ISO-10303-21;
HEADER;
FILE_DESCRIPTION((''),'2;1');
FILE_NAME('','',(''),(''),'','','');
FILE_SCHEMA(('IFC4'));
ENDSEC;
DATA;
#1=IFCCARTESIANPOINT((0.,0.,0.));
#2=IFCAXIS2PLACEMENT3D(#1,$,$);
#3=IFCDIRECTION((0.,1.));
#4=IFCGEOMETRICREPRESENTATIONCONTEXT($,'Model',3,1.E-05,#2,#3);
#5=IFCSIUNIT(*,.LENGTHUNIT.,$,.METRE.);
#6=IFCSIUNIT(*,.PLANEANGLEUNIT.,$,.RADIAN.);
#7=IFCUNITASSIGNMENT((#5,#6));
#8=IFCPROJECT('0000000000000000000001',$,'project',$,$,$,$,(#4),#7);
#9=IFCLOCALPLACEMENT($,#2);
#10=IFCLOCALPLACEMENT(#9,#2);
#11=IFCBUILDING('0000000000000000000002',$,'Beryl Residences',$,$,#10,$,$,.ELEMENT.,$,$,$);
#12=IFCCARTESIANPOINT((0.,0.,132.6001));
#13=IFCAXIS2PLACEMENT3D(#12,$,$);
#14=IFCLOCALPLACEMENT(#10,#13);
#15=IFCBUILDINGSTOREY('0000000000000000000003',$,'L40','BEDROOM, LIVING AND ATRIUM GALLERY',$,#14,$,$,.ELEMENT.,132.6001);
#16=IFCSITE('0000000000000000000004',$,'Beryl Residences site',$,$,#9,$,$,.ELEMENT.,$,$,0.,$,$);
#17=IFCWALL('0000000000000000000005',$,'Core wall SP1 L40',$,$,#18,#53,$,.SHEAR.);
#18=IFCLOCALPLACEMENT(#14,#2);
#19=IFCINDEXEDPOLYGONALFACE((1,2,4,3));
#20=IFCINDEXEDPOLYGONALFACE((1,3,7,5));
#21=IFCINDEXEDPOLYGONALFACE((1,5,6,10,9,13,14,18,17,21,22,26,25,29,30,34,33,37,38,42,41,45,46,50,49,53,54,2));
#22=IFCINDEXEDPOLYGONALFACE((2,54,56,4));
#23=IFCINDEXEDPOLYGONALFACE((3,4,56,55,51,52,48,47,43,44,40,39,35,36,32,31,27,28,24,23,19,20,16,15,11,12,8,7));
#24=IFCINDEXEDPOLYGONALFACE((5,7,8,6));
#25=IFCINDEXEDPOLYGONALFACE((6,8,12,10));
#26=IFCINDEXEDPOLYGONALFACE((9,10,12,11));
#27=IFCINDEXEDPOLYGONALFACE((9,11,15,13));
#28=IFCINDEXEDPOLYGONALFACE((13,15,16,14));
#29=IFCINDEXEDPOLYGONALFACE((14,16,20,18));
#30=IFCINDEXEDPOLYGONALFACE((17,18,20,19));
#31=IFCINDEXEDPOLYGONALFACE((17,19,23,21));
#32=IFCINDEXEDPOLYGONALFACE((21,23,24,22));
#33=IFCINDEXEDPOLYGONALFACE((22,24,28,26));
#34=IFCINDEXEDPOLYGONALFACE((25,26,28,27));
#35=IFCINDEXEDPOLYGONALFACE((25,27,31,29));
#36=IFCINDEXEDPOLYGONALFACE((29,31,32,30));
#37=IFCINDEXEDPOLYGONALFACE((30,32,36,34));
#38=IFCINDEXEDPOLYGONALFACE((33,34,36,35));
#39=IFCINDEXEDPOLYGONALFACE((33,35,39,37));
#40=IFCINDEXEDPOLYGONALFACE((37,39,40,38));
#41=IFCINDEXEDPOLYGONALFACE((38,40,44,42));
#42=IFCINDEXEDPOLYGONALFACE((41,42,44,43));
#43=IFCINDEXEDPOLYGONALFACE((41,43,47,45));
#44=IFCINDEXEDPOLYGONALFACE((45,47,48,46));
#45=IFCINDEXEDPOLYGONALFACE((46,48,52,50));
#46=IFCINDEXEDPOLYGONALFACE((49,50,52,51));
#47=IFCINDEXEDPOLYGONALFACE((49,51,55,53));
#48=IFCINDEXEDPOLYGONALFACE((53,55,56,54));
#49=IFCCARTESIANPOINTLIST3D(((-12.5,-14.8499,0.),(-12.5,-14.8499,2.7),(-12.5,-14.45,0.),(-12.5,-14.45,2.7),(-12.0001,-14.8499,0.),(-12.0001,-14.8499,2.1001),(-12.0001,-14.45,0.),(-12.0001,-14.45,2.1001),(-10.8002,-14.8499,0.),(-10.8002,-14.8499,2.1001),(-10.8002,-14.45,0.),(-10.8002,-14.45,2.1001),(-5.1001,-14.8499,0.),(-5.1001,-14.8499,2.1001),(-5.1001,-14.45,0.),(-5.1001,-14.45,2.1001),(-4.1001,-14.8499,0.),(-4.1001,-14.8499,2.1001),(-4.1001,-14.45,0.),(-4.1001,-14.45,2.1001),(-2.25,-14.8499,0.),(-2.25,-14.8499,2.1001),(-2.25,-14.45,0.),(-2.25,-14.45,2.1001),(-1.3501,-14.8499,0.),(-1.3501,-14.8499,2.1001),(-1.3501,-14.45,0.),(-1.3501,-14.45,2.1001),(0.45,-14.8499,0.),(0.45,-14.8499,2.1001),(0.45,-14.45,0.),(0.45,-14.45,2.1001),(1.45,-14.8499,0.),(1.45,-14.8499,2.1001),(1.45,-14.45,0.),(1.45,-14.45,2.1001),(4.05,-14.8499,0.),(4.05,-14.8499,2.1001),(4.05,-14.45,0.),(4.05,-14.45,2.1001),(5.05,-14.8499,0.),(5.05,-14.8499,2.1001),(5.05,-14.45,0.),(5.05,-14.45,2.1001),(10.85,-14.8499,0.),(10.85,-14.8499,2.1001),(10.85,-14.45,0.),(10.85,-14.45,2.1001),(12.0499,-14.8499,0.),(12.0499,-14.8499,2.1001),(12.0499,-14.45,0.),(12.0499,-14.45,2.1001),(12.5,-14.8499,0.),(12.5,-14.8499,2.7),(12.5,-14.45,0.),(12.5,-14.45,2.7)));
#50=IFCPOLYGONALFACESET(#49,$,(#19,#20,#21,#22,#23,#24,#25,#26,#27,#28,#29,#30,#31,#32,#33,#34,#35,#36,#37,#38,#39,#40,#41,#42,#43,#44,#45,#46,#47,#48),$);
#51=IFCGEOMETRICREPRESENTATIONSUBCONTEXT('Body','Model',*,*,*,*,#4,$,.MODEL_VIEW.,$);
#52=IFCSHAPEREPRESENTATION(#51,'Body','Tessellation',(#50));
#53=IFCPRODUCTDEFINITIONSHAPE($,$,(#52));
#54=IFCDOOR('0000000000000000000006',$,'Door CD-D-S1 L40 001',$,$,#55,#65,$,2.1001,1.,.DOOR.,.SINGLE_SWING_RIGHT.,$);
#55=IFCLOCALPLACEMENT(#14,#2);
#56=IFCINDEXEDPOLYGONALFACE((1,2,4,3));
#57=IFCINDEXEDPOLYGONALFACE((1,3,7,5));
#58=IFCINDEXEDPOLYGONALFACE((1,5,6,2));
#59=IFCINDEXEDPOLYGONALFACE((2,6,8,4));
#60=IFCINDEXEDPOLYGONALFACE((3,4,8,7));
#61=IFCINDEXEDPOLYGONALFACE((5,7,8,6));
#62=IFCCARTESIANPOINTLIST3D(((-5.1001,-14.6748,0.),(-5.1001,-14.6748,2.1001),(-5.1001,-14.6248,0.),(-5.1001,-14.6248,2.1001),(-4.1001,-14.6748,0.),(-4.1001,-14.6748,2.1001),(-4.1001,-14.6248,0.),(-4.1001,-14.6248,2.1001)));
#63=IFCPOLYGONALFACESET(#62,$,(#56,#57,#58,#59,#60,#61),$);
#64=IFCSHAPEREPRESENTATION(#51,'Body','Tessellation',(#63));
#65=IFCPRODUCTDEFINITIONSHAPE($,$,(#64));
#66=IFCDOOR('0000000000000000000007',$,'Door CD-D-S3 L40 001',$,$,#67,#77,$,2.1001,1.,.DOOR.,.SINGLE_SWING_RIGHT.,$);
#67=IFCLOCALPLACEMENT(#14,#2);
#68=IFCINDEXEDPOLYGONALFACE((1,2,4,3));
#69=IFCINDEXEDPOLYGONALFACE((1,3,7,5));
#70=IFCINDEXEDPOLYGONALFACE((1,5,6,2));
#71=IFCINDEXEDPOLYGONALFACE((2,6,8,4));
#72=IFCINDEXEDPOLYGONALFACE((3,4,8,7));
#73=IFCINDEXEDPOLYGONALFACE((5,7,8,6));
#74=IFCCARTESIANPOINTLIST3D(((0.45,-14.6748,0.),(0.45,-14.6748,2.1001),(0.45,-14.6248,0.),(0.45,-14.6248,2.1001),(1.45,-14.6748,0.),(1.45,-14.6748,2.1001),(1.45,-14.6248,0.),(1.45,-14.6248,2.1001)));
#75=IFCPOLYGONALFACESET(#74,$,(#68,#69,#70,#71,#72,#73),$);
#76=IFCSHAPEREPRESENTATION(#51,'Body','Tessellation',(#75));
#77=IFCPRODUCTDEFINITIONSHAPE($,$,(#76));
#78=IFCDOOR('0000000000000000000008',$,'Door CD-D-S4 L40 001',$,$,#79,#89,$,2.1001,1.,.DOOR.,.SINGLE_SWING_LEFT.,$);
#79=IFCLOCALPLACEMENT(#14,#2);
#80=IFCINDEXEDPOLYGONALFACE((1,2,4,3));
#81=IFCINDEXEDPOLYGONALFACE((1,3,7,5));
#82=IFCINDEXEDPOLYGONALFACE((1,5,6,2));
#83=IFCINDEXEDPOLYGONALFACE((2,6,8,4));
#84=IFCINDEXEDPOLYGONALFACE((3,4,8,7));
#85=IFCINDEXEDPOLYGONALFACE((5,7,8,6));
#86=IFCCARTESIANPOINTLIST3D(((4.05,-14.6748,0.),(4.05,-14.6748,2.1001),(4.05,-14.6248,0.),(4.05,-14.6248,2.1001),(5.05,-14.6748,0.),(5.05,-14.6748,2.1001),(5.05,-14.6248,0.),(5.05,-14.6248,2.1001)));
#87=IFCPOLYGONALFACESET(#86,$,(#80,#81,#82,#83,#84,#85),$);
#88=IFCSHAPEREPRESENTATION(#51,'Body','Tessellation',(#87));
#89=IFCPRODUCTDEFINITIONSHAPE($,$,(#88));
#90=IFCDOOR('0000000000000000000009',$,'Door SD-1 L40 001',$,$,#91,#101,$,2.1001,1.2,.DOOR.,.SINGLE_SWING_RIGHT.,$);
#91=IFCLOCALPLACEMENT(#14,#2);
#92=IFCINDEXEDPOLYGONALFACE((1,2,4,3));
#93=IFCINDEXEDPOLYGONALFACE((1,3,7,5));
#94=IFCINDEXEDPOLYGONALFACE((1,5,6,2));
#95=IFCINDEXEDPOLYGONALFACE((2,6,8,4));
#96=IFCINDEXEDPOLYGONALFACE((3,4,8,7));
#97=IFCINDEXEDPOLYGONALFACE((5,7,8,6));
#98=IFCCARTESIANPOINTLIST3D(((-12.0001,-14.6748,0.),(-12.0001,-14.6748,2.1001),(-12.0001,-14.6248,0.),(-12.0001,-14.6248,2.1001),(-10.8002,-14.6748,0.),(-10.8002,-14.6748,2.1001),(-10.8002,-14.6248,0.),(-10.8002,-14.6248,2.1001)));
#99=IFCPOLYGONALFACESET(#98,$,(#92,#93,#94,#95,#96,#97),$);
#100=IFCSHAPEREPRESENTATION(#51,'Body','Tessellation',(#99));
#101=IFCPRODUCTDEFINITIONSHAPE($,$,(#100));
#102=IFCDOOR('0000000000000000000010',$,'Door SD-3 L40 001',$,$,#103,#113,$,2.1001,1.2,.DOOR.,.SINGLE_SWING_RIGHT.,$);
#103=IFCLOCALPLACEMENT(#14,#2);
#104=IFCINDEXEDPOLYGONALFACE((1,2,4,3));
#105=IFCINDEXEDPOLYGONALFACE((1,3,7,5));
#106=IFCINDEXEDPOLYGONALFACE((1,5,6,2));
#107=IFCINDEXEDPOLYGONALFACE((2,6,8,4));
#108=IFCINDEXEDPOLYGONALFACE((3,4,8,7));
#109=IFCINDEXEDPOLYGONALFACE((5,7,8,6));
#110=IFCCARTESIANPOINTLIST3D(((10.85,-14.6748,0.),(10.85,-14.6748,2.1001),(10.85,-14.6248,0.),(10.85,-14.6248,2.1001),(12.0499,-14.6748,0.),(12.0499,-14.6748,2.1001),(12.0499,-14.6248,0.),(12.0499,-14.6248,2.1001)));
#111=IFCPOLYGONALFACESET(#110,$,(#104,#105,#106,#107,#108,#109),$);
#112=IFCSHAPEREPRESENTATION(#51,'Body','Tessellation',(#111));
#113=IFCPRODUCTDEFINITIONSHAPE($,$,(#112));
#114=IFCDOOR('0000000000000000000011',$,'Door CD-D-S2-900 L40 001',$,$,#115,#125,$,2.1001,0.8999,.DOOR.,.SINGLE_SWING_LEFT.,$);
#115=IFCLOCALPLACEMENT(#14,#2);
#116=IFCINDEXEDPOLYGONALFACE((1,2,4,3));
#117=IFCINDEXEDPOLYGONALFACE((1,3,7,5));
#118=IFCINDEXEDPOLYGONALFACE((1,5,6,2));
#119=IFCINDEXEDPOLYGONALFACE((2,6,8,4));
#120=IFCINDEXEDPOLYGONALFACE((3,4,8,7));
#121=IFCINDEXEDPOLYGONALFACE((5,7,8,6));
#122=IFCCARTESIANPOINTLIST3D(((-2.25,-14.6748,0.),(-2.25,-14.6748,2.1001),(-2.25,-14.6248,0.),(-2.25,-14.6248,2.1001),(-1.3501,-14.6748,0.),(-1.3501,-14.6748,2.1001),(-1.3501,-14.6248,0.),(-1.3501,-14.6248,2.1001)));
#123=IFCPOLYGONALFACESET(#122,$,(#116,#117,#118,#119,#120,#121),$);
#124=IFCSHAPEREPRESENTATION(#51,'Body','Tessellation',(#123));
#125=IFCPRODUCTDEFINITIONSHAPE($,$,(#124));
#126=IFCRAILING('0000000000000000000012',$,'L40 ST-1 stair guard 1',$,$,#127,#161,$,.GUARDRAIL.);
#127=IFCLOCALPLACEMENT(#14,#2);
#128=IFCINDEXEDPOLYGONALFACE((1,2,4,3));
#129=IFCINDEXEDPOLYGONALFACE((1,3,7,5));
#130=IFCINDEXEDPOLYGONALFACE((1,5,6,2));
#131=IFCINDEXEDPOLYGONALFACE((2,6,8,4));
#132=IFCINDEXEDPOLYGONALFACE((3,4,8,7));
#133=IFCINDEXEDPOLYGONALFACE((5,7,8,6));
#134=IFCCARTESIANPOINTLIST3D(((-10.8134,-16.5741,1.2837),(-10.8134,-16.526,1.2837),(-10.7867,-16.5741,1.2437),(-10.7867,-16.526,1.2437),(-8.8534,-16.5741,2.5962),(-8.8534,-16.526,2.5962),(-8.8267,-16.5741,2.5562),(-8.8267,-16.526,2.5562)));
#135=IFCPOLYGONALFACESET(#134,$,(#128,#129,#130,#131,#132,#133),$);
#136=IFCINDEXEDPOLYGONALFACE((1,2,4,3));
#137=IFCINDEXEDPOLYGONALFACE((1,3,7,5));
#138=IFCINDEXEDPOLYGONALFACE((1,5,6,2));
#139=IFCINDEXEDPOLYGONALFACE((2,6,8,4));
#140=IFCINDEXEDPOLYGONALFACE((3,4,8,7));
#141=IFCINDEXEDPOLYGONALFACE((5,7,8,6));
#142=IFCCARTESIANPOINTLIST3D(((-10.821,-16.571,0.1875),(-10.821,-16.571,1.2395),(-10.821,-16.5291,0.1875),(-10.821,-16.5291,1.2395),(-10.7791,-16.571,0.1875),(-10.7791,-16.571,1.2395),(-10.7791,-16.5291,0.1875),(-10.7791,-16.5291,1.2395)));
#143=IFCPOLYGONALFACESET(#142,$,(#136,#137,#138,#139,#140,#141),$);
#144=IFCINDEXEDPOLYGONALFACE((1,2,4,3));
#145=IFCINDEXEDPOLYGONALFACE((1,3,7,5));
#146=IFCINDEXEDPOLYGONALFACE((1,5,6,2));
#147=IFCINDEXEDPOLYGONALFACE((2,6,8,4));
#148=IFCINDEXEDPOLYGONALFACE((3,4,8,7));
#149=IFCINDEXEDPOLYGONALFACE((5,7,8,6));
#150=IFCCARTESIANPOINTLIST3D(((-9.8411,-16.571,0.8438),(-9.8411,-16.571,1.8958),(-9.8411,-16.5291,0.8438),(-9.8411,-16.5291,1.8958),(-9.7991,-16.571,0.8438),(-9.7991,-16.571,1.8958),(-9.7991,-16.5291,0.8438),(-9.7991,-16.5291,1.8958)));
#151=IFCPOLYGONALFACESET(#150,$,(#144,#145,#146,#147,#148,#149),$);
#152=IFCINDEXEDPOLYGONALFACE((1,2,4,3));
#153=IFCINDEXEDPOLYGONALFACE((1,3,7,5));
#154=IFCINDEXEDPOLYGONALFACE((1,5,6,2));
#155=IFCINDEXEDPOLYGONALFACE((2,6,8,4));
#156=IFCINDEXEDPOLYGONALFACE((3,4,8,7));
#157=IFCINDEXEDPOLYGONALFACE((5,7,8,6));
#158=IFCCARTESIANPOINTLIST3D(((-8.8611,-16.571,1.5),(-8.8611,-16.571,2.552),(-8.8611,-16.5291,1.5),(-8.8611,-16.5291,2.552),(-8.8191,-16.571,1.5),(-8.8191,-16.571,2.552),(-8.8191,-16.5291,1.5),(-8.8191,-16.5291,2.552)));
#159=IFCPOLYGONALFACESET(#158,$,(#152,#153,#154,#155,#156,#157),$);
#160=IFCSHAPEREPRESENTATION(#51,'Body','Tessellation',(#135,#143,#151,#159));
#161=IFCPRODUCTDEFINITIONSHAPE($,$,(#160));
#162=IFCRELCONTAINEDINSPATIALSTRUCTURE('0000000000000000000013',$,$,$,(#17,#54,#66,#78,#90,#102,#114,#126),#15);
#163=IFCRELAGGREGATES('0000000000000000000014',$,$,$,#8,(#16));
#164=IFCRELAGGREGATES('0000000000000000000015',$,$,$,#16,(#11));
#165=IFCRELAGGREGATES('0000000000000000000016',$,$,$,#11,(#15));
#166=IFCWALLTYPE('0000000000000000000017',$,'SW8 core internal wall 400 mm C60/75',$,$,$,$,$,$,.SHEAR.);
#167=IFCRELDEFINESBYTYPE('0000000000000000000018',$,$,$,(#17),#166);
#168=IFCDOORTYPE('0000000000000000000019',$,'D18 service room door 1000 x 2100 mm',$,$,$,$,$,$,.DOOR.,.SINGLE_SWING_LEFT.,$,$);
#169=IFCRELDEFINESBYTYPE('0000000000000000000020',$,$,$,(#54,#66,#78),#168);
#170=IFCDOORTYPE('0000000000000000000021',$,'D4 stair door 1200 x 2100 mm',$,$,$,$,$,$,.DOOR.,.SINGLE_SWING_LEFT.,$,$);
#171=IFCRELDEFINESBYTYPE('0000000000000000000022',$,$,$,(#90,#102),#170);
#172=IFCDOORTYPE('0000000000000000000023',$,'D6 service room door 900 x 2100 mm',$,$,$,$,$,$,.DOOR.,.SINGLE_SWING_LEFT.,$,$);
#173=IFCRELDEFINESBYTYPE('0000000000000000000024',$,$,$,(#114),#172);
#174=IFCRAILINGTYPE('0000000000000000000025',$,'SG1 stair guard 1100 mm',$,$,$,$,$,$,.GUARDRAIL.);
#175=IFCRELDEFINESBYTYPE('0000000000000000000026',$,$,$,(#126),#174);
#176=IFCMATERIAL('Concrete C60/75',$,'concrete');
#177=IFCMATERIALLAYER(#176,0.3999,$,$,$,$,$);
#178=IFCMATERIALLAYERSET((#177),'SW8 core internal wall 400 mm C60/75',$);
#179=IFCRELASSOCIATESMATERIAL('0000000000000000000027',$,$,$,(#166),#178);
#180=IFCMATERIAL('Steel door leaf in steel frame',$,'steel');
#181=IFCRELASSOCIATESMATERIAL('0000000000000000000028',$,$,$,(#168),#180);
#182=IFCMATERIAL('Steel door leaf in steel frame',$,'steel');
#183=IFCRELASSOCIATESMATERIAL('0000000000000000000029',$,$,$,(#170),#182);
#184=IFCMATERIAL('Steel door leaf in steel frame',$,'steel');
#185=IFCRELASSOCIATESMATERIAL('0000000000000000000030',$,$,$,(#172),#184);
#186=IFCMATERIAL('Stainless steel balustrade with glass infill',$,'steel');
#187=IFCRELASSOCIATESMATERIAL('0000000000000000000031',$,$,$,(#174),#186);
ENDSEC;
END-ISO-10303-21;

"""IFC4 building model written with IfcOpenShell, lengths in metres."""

from ifc_helpers import new_model, si_unit, direction, frame, frame_2d, origin, origin_2d, place, context, subcontext, project, spatial, rectangle, extrude, material, layer, layer_set, type_object, element, fill, save


model = new_model("IFC4")

# Units and contexts
model_context = context("Model", 3, precision=1e-05, world=origin(), true_north=direction((0.0, 1.0)))
body_context = subcontext(model_context, "Body", "Model", "MODEL_VIEW")
ifc_project = project(units=[si_unit("LENGTHUNIT", "METRE"), si_unit("PLANEANGLEUNIT", "RADIAN")], contexts=[model_context])

# Site, building, storey
site_placement = place(None, origin())
site = spatial("IfcSite", under=ifc_project, at=site_placement, Name="Beryl Residences site", CompositionType="ELEMENT", RefElevation=0.0)
building_placement = place(site_placement, origin())
building = spatial("IfcBuilding", under=site, at=building_placement, Name="Beryl Residences", CompositionType="ELEMENT")
storey_placement = place(building_placement, frame((0.0, 0.0, 132.6001)))
storey = spatial("IfcBuildingStorey", under=building, at=storey_placement, Name="L40", Description="BEDROOM, LIVING AND ATRIUM GALLERY", CompositionType="ELEMENT", Elevation=132.6001)

# Wall, openings, doors
ifc_material_1 = material(Name="Concrete C60/75", Category="concrete")
ifc_layer_1 = layer(ifc_material_1, 0.3999)
ifc_layer_set_1 = layer_set([ifc_layer_1], Name="SW8 core internal wall 400 mm C60/75")
wall_type_1 = type_object("IfcWallType", Name="SW8 core internal wall 400 mm C60/75", PredefinedType="SHEAR", material=ifc_layer_set_1)
wall_1_placement = place(storey_placement, frame((-12.5, -14.6499, 0.0), z_axis=(0.0, 0.0, 1.0), x_axis=(1.0, 0.0, 0.0)))
wall_1 = element("IfcWall", 1, at=wall_1_placement, inside=storey, type_object=wall_type_1, Name="Core wall SP1 L40", PredefinedType="SHEAR", context=body_context, shape_type="SweptSolid", body=[
    extrude(rectangle(XDim=25.0, YDim=0.3999, at=frame_2d((12.5, 0.0))), origin(), (0.0, 0.0, 1.0), 2.7),
])
opening_1_placement = place(wall_1_placement, frame((1.7, 0.0, 0.0), z_axis=(0.0, 0.0, 1.0), x_axis=(-1.0, 0.0, 0.0)))
opening_1 = element("IfcOpeningElement", 2, at=opening_1_placement, cuts=wall_1, PredefinedType="OPENING", context=body_context, shape_type="SweptSolid", body=[
    extrude(rectangle(XDim=1.2, YDim=2.1001, at=frame_2d((0.6001, 1.05))), frame((0.0, 0.21, 0.0), z_axis=(0.0, -1.0, 0.0), x_axis=(1.0, 0.0, 0.0)), (0.0, 0.0, 1.0), 0.4199),
])
opening_2_placement = place(wall_1_placement, frame((24.55, 0.0, 0.0), z_axis=(0.0, 0.0, 1.0), x_axis=(-1.0, 0.0, 0.0)))
opening_2 = element("IfcOpeningElement", 3, at=opening_2_placement, cuts=wall_1, PredefinedType="OPENING", context=body_context, shape_type="SweptSolid", body=[
    extrude(rectangle(XDim=1.2, YDim=2.1001, at=frame_2d((0.6001, 1.05))), frame((0.0, 0.21, 0.0), z_axis=(0.0, -1.0, 0.0), x_axis=(1.0, 0.0, 0.0)), (0.0, 0.0, 1.0), 0.4199),
])
opening_3_placement = place(wall_1_placement, frame((8.3999, 0.0, 0.0), z_axis=(0.0, 0.0, 1.0), x_axis=(-1.0, 0.0, 0.0)))
opening_3 = element("IfcOpeningElement", 4, at=opening_3_placement, cuts=wall_1, PredefinedType="OPENING", context=body_context, shape_type="SweptSolid", body=[
    extrude(rectangle(XDim=1.0, YDim=2.1001, at=frame_2d((0.5, 1.05))), frame((0.0, 0.21, 0.0), z_axis=(0.0, -1.0, 0.0), x_axis=(1.0, 0.0, 0.0)), (0.0, 0.0, 1.0), 0.4199),
])
opening_4_placement = place(wall_1_placement, frame((11.1499, 0.0, 0.0), z_axis=(0.0, 0.0, 1.0), x_axis=(-1.0, 0.0, 0.0)))
opening_4 = element("IfcOpeningElement", 5, at=opening_4_placement, cuts=wall_1, PredefinedType="OPENING", context=body_context, shape_type="SweptSolid", body=[
    extrude(rectangle(XDim=0.8999, YDim=2.1001, at=frame_2d((0.45, 1.05))), frame((0.0, 0.21, 0.0), z_axis=(0.0, -1.0, 0.0), x_axis=(1.0, 0.0, 0.0)), (0.0, 0.0, 1.0), 0.4199),
])
opening_5_placement = place(wall_1_placement, frame((13.95, 0.0, 0.0), z_axis=(0.0, 0.0, 1.0), x_axis=(-1.0, 0.0, 0.0)))
opening_5 = element("IfcOpeningElement", 6, at=opening_5_placement, cuts=wall_1, PredefinedType="OPENING", context=body_context, shape_type="SweptSolid", body=[
    extrude(rectangle(XDim=1.0, YDim=2.1001, at=frame_2d((0.5, 1.05))), frame((0.0, 0.21, 0.0), z_axis=(0.0, -1.0, 0.0), x_axis=(1.0, 0.0, 0.0)), (0.0, 0.0, 1.0), 0.4199),
])
opening_6_placement = place(wall_1_placement, frame((17.55, 0.0, 0.0), z_axis=(0.0, 0.0, 1.0), x_axis=(-1.0, 0.0, 0.0)))
opening_6 = element("IfcOpeningElement", 7, at=opening_6_placement, cuts=wall_1, PredefinedType="OPENING", context=body_context, shape_type="SweptSolid", body=[
    extrude(rectangle(XDim=1.0, YDim=2.1001, at=frame_2d((0.5, 1.05))), frame((0.0, 0.21, 0.0), z_axis=(0.0, -1.0, 0.0), x_axis=(1.0, 0.0, 0.0)), (0.0, 0.0, 1.0), 0.4199),
])
ifc_material_2 = material(Name="Steel door leaf in steel frame", Category="steel")
door_type_1 = type_object("IfcDoorType", Name="D18 service room door 1000 x 2100 mm", OperationType="SINGLE_SWING_LEFT", PredefinedType="DOOR", material=ifc_material_2)
door_1_placement = place(opening_3_placement, origin())
door_1 = element("IfcDoor", 8, at=door_1_placement, inside=storey, type_object=door_type_1, Name="Door CD-D-S1 L40 001", OperationType="SINGLE_SWING_RIGHT", OverallHeight=2.1001, OverallWidth=1.0, PredefinedType="DOOR", context=body_context, shape_type="SweptSolid", body=[
    extrude(rectangle(XDim=1.0, YDim=2.1001, at=frame_2d((0.5, 1.05))), frame((0.0, 0.0249, 0.0), z_axis=(0.0, -1.0, 0.0), x_axis=(1.0, 0.0, 0.0)), (0.0, 0.0, 1.0), 0.05),
])
fill(opening_3, door_1)
door_2_placement = place(opening_5_placement, origin())
door_2 = element("IfcDoor", 9, at=door_2_placement, inside=storey, type_object=door_type_1, Name="Door CD-D-S3 L40 001", OperationType="SINGLE_SWING_RIGHT", OverallHeight=2.1001, OverallWidth=1.0, PredefinedType="DOOR", context=body_context, shape_type="SweptSolid", body=[
    extrude(rectangle(XDim=1.0, YDim=2.1001, at=frame_2d((0.5, 1.05))), frame((0.0, 0.0249, 0.0), z_axis=(0.0, -1.0, 0.0), x_axis=(1.0, 0.0, 0.0)), (0.0, 0.0, 1.0), 0.05),
])
fill(opening_5, door_2)
door_3_placement = place(opening_6_placement, origin())
door_3 = element("IfcDoor", 10, at=door_3_placement, inside=storey, type_object=door_type_1, Name="Door CD-D-S4 L40 001", OperationType="SINGLE_SWING_LEFT", OverallHeight=2.1001, OverallWidth=1.0, PredefinedType="DOOR", context=body_context, shape_type="SweptSolid", body=[
    extrude(rectangle(XDim=1.0, YDim=2.1001, at=frame_2d((0.5, 1.05))), frame((0.0, 0.0249, 0.0), z_axis=(0.0, -1.0, 0.0), x_axis=(1.0, 0.0, 0.0)), (0.0, 0.0, 1.0), 0.05),
])
fill(opening_6, door_3)
ifc_material_3 = material(Name="Steel door leaf in steel frame", Category="steel")
door_type_2 = type_object("IfcDoorType", Name="D4 stair door 1200 x 2100 mm", OperationType="SINGLE_SWING_LEFT", PredefinedType="DOOR", material=ifc_material_3)
door_4_placement = place(opening_1_placement, origin())
door_4 = element("IfcDoor", 11, at=door_4_placement, inside=storey, type_object=door_type_2, Name="Door SD-1 L40 001", OperationType="SINGLE_SWING_RIGHT", OverallHeight=2.1001, OverallWidth=1.2, PredefinedType="DOOR", context=body_context, shape_type="SweptSolid", body=[
    extrude(rectangle(XDim=1.2, YDim=2.1001, at=frame_2d((0.6001, 1.05))), frame((0.0, 0.0249, 0.0), z_axis=(0.0, -1.0, 0.0), x_axis=(1.0, 0.0, 0.0)), (0.0, 0.0, 1.0), 0.05),
])
fill(opening_1, door_4)
door_5_placement = place(opening_2_placement, origin())
door_5 = element("IfcDoor", 12, at=door_5_placement, inside=storey, type_object=door_type_2, Name="Door SD-3 L40 001", OperationType="SINGLE_SWING_RIGHT", OverallHeight=2.1001, OverallWidth=1.2, PredefinedType="DOOR", context=body_context, shape_type="SweptSolid", body=[
    extrude(rectangle(XDim=1.2, YDim=2.1001, at=frame_2d((0.6001, 1.05))), frame((0.0, 0.0249, 0.0), z_axis=(0.0, -1.0, 0.0), x_axis=(1.0, 0.0, 0.0)), (0.0, 0.0, 1.0), 0.05),
])
fill(opening_2, door_5)
ifc_material_4 = material(Name="Steel door leaf in steel frame", Category="steel")
door_type_3 = type_object("IfcDoorType", Name="D6 service room door 900 x 2100 mm", OperationType="SINGLE_SWING_LEFT", PredefinedType="DOOR", material=ifc_material_4)
door_6_placement = place(opening_4_placement, origin())
door_6 = element("IfcDoor", 13, at=door_6_placement, inside=storey, type_object=door_type_3, Name="Door CD-D-S2-900 L40 001", OperationType="SINGLE_SWING_LEFT", OverallHeight=2.1001, OverallWidth=0.8999, PredefinedType="DOOR", context=body_context, shape_type="SweptSolid", body=[
    extrude(rectangle(XDim=0.8999, YDim=2.1001, at=frame_2d((0.45, 1.05))), frame((0.0, 0.0249, 0.0), z_axis=(0.0, -1.0, 0.0), x_axis=(1.0, 0.0, 0.0)), (0.0, 0.0, 1.0), 0.05),
])
fill(opening_4, door_6)

# Railing
ifc_material_5 = material(Name="Stainless steel balustrade with glass infill", Category="steel")
railing_type_1 = type_object("IfcRailingType", Name="SG1 stair guard 1100 mm", PredefinedType="GUARDRAIL", material=ifc_material_5)
railing_1_placement = place(storey_placement, frame((-10.8, -16.55, 0.1875)))
element("IfcRailing", 14, at=railing_1_placement, inside=storey, type_object=railing_type_1, Name="L40 ST-1 stair guard 1", PredefinedType="GUARDRAIL", context=body_context, shape_type="SweptSolid", body=[
    extrude(rectangle(XDim=0.0481, YDim=0.0481, at=origin_2d()), frame((0.0, 0.0, 1.0762), z_axis=(0.830902, 0.0, 0.556419), x_axis=(0.0, 1.0, 0.0)), (0.0, 0.0, 1.0), 2.3589),
    extrude(rectangle(XDim=0.042, YDim=0.042, at=origin_2d()), origin(), (0.0, 0.0, 1.0), 1.052),
    extrude(rectangle(XDim=0.042, YDim=0.042, at=origin_2d()), frame((0.98, 0.0, 0.6562)), (0.0, 0.0, 1.0), 1.052),
    extrude(rectangle(XDim=0.042, YDim=0.042, at=origin_2d()), frame((1.96, 0.0, 1.3125)), (0.0, 0.0, 1.0), 1.052),
])

save(model, "model.ifc")
